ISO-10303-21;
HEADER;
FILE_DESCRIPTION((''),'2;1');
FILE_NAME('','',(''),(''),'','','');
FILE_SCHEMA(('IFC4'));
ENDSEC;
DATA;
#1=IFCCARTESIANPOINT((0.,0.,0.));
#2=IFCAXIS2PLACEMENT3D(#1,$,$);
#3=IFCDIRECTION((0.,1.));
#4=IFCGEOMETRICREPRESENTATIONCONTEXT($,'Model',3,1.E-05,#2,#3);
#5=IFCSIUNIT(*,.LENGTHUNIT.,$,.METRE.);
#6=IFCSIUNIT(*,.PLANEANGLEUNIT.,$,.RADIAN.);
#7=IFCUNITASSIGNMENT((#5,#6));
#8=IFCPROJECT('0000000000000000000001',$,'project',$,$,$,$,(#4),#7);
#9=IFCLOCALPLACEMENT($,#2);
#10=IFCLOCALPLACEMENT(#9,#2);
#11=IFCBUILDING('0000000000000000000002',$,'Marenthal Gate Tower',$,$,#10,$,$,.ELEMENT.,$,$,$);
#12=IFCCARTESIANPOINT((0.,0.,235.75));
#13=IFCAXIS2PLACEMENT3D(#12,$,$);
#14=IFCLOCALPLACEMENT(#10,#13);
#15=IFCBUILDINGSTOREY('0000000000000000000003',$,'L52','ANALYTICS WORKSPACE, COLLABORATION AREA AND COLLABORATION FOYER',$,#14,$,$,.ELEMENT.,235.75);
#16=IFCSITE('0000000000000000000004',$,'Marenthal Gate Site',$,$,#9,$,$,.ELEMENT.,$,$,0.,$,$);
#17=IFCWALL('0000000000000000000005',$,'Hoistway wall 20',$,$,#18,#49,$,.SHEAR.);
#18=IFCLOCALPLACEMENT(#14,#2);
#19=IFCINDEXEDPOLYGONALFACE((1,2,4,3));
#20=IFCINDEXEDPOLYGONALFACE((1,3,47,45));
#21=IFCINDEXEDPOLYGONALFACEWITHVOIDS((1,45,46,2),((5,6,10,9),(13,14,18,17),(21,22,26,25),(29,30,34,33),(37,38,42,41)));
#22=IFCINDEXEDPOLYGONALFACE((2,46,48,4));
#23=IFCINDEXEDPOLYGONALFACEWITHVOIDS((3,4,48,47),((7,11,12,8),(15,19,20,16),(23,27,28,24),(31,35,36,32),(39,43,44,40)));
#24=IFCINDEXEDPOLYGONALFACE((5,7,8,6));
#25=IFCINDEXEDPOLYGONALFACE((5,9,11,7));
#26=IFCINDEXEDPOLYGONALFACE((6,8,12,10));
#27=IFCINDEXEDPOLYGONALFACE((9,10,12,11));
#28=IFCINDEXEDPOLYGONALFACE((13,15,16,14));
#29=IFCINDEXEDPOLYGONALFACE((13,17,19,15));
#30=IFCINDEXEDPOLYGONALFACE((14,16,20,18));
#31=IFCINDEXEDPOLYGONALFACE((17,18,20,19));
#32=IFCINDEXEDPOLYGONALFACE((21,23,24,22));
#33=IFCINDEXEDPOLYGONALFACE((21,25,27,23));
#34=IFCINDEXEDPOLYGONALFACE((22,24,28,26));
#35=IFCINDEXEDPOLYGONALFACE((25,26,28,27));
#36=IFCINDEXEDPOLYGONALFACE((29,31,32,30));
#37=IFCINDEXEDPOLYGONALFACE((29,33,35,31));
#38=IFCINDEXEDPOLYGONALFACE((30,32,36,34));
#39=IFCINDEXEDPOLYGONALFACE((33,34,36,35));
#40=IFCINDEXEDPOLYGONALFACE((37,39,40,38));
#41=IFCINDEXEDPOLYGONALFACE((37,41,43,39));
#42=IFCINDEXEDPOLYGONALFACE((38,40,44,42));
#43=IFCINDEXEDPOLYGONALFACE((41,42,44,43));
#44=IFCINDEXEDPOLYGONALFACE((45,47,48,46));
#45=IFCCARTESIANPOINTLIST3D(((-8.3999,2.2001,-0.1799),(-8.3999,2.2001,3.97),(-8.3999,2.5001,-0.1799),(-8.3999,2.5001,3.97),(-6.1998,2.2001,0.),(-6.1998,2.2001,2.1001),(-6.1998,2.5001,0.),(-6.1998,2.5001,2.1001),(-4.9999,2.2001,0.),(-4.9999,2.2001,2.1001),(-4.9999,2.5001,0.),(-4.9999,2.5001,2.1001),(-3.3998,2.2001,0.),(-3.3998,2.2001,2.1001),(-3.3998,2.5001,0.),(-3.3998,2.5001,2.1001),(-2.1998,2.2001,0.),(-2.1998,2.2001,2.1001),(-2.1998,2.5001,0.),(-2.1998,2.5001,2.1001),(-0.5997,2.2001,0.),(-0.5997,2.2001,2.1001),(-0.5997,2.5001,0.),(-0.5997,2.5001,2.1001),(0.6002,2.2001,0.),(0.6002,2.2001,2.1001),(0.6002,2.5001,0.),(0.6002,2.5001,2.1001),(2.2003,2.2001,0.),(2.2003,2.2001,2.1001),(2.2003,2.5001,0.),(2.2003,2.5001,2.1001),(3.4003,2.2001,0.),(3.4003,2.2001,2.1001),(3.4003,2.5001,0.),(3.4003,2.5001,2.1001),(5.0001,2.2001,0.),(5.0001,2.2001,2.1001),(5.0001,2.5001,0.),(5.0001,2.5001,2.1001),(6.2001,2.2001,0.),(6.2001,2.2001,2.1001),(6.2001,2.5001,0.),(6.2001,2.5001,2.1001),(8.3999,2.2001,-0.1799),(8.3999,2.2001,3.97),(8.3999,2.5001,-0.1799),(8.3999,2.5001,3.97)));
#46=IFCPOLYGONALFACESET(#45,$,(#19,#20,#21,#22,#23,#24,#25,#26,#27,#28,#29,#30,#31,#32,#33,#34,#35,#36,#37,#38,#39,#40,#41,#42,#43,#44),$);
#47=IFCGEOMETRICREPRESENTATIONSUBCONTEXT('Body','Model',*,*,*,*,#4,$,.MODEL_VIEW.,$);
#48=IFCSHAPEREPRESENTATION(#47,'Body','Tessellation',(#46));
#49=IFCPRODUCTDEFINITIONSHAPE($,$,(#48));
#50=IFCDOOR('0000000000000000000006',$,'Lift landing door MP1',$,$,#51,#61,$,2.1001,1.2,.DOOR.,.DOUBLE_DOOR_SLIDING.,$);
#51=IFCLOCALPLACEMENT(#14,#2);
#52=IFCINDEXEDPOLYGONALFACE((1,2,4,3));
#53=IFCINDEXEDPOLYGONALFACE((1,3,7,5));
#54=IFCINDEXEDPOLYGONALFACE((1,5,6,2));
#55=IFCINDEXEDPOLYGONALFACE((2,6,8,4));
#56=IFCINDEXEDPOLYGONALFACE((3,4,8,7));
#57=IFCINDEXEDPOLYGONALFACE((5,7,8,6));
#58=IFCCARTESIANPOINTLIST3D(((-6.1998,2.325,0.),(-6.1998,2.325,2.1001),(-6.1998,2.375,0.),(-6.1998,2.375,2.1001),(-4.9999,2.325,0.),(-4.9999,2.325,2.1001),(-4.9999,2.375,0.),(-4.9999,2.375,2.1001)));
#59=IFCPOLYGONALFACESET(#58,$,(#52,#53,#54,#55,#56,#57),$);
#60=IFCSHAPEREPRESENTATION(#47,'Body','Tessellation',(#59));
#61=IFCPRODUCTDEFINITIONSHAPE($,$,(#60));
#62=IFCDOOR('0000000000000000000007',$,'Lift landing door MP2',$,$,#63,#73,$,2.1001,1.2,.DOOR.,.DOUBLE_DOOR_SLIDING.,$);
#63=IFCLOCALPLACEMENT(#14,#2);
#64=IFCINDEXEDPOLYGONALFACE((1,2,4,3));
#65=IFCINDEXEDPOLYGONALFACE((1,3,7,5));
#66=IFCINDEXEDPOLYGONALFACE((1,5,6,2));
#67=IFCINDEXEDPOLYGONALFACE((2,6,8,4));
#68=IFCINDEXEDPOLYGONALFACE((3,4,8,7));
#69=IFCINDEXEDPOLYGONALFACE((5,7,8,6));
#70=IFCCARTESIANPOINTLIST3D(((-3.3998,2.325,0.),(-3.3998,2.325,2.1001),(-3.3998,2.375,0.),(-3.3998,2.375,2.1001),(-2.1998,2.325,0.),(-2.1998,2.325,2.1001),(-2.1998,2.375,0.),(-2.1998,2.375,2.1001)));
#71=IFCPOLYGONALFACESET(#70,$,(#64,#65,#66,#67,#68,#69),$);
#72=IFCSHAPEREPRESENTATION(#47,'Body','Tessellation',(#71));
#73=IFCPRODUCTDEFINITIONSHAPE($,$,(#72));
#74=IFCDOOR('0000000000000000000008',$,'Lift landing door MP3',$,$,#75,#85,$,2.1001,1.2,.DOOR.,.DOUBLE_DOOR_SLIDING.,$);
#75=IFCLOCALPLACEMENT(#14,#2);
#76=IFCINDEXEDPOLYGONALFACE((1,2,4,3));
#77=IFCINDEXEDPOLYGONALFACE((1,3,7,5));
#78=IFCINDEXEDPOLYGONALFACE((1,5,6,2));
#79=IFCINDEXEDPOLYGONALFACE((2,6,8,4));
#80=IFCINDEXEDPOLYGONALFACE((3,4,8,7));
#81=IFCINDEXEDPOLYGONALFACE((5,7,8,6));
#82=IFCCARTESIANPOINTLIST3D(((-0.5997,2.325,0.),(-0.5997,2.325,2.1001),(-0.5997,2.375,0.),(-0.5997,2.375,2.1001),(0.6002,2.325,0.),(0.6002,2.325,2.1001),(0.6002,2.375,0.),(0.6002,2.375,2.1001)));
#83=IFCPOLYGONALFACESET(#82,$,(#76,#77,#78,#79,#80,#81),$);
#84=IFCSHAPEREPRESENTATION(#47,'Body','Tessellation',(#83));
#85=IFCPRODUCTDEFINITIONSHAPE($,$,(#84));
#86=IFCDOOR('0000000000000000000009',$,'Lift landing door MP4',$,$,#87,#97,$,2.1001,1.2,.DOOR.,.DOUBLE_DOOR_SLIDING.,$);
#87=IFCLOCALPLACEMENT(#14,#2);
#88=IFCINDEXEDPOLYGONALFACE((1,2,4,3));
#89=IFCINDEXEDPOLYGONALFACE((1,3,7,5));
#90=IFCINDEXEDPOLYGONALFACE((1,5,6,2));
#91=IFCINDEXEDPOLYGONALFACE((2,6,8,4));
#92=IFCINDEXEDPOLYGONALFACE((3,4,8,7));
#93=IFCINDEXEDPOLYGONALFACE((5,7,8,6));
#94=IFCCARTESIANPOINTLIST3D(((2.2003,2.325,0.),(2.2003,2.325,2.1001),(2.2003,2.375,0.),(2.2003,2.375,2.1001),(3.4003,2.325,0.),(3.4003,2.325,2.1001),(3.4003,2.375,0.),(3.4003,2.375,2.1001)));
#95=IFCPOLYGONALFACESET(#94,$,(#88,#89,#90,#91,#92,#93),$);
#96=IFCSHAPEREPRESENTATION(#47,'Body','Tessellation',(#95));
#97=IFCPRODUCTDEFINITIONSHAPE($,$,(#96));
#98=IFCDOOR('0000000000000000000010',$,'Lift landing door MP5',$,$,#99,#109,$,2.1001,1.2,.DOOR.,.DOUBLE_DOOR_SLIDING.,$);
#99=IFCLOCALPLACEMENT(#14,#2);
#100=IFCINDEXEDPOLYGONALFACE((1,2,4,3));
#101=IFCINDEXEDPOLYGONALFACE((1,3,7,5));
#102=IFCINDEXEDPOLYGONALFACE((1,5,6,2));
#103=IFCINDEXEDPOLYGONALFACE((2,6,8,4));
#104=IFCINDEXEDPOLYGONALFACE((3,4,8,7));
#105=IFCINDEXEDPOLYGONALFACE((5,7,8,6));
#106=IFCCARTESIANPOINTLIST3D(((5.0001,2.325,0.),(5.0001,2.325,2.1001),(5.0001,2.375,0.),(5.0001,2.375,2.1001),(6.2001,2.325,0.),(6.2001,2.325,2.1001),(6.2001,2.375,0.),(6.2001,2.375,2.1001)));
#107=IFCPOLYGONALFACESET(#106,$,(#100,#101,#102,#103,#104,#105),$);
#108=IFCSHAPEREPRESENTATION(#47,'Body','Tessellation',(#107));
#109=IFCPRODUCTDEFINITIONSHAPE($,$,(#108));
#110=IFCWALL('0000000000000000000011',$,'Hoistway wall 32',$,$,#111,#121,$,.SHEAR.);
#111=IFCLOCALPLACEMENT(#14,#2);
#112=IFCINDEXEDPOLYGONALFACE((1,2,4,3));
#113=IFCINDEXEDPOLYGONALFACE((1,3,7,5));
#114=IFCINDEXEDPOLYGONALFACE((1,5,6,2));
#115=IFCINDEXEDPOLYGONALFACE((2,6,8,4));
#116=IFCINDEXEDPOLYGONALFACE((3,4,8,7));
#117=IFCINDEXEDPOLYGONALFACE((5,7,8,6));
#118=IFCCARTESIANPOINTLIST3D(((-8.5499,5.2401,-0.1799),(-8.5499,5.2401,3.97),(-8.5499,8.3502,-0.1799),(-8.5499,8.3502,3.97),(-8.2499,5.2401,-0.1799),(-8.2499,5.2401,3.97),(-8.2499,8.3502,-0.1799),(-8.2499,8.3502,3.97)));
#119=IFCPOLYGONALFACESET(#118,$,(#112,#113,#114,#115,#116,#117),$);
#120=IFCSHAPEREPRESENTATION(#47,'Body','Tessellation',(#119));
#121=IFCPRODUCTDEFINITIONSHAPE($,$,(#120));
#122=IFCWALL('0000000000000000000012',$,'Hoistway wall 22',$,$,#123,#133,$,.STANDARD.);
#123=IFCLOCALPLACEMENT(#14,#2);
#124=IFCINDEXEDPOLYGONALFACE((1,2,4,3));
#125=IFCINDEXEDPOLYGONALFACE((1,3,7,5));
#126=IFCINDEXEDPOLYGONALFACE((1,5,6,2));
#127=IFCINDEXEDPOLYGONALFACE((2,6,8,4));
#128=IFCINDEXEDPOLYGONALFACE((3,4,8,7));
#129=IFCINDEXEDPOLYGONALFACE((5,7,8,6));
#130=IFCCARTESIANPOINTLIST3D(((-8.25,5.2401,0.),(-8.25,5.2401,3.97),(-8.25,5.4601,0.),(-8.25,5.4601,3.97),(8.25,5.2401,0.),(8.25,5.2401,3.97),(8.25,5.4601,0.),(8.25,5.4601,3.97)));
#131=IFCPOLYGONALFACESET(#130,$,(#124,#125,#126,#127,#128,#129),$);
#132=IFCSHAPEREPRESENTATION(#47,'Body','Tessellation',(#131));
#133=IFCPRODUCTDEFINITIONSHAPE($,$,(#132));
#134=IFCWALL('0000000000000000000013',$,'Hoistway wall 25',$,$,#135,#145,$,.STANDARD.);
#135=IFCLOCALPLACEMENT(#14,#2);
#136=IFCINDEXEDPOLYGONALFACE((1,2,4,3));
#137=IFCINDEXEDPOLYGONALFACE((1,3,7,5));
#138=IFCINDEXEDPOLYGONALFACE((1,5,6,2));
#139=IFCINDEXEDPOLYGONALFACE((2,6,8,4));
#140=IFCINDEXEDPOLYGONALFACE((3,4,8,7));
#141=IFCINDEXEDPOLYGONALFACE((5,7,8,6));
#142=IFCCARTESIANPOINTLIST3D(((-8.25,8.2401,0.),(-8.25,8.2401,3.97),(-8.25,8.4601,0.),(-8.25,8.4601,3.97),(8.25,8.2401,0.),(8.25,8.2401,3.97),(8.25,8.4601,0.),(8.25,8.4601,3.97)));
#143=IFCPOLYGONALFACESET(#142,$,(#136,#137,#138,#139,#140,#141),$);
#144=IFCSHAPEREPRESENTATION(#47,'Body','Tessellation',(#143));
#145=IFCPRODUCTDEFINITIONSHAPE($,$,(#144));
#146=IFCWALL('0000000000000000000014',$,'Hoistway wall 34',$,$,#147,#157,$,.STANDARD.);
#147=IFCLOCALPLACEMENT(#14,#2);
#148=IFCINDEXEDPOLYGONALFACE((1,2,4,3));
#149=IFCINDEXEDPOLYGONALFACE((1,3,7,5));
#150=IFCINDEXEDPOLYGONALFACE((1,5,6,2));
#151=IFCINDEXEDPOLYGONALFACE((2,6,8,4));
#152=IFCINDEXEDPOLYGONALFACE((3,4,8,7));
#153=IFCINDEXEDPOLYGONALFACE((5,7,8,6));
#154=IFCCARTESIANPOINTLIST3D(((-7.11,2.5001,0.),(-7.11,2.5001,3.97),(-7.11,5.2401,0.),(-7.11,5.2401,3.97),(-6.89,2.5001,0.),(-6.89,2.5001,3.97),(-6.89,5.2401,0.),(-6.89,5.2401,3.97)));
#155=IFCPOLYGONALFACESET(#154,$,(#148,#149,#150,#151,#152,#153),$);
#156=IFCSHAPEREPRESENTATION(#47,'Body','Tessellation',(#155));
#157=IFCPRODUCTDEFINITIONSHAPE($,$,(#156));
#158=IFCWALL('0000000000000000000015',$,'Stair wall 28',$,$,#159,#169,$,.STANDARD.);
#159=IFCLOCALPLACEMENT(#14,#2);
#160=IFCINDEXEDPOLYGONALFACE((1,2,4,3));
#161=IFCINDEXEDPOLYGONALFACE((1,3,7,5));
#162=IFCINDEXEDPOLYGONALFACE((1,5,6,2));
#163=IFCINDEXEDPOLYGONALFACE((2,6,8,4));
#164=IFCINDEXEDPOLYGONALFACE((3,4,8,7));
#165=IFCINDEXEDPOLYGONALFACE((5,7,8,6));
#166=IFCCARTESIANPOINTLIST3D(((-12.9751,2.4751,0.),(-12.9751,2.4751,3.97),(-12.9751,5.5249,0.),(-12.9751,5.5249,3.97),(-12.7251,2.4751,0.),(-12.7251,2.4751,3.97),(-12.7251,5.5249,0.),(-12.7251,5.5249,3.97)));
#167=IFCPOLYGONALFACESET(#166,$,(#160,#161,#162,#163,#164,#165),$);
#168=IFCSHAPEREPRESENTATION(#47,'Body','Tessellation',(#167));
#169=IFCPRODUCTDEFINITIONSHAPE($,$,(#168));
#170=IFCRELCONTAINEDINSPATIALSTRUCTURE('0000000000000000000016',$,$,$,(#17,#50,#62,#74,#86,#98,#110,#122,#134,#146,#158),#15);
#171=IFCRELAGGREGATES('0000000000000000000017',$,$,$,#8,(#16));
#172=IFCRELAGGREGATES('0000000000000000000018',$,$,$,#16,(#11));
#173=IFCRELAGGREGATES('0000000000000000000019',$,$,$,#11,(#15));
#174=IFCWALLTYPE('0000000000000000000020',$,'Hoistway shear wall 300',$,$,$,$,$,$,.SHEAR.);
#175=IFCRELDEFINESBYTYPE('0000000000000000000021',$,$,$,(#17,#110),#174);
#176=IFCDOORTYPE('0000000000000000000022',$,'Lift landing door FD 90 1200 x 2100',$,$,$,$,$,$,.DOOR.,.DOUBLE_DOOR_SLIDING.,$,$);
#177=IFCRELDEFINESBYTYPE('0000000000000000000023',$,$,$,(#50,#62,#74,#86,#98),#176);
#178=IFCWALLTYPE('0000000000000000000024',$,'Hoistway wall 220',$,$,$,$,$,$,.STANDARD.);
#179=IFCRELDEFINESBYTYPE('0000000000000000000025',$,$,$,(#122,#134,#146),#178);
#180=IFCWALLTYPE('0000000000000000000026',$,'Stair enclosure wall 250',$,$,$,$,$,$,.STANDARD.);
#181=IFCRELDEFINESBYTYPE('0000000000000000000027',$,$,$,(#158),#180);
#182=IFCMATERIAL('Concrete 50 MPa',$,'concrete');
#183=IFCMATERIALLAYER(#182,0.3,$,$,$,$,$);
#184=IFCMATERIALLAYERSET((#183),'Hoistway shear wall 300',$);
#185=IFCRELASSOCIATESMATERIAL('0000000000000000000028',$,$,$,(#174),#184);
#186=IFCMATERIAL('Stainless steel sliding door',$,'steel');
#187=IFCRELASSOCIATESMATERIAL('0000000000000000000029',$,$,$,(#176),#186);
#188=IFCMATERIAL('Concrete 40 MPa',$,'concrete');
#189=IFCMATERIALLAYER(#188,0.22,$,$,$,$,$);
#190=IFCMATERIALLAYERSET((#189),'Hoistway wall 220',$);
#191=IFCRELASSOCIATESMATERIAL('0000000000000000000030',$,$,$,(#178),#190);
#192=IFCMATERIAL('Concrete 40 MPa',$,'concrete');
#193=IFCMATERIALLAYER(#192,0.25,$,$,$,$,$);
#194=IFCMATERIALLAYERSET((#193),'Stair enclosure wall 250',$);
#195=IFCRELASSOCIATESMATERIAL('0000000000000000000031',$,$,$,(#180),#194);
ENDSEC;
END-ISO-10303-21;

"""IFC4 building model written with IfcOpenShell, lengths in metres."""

from ifc_helpers import new_model, si_unit, direction, frame, frame_2d, origin, place, context, subcontext, project, spatial, rectangle, extrude, material, layer, layer_set, type_object, element, fill, save


model = new_model("IFC4")

# Units and contexts
model_context = context("Model", 3, precision=1e-05, world=origin(), true_north=direction((0.0, 1.0)))
body_context = subcontext(model_context, "Body", "Model", "MODEL_VIEW")
ifc_project = project(units=[si_unit("LENGTHUNIT", "METRE"), si_unit("PLANEANGLEUNIT", "RADIAN")], contexts=[model_context])

# Site, building, storey
site_placement = place(None, origin())
site = spatial("IfcSite", under=ifc_project, at=site_placement, Name="Marenthal Gate Site", CompositionType="ELEMENT", RefElevation=0.0)
building_placement = place(site_placement, origin())
building = spatial("IfcBuilding", under=site, at=building_placement, Name="Marenthal Gate Tower", CompositionType="ELEMENT")
storey_placement = place(building_placement, frame((0.0, 0.0, 235.75)))
storey = spatial("IfcBuildingStorey", under=building, at=storey_placement, Name="L52", Description="ANALYTICS WORKSPACE, COLLABORATION AREA AND COLLABORATION FOYER", CompositionType="ELEMENT", Elevation=235.75)

# Wall, openings, doors
ifc_material_1 = material(Name="Concrete 50 MPa", Category="concrete")
ifc_layer_1 = layer(ifc_material_1, 0.3)
ifc_layer_set_1 = layer_set([ifc_layer_1], Name="Hoistway shear wall 300")
wall_type_1 = type_object("IfcWallType", Name="Hoistway shear wall 300", PredefinedType="SHEAR", material=ifc_layer_set_1)
wall_1_placement = place(storey_placement, frame((-8.3999, 2.3501, -0.1799), z_axis=(0.0, 0.0, 1.0), x_axis=(1.0, 0.0, 0.0)))
wall_1 = element("IfcWall", 1, at=wall_1_placement, inside=storey, type_object=wall_type_1, Name="Hoistway wall 20", PredefinedType="SHEAR", context=body_context, shape_type="SweptSolid", body=[
    extrude(rectangle(XDim=16.7998, YDim=0.3, at=frame_2d((8.3999, 0.0))), origin(), (0.0, 0.0, 1.0), 4.1499),
])
opening_1_placement = place(wall_1_placement, frame((2.2, 0.0, 0.1799)))
opening_1 = element("IfcOpeningElement", 2, at=opening_1_placement, cuts=wall_1, PredefinedType="OPENING", context=body_context, shape_type="SweptSolid", body=[
    extrude(rectangle(XDim=1.2, YDim=2.1001, at=frame_2d((0.6001, 1.05))), frame((0.0, 0.1602, 0.0), z_axis=(0.0, -1.0, 0.0), x_axis=(1.0, 0.0, 0.0)), (0.0, 0.0, 1.0), 0.3201),
])
opening_2_placement = place(wall_1_placement, frame((5.0, 0.0, 0.1799)))
opening_2 = element("IfcOpeningElement", 3, at=opening_2_placement, cuts=wall_1, PredefinedType="OPENING", context=body_context, shape_type="SweptSolid", body=[
    extrude(rectangle(XDim=1.2, YDim=2.1001, at=frame_2d((0.6001, 1.05))), frame((0.0, 0.1602, 0.0), z_axis=(0.0, -1.0, 0.0), x_axis=(1.0, 0.0, 0.0)), (0.0, 0.0, 1.0), 0.3201),
])
opening_3_placement = place(wall_1_placement, frame((7.8, 0.0, 0.1799)))
opening_3 = element("IfcOpeningElement", 4, at=opening_3_placement, cuts=wall_1, PredefinedType="OPENING", context=body_context, shape_type="SweptSolid", body=[
    extrude(rectangle(XDim=1.2, YDim=2.1001, at=frame_2d((0.6001, 1.05))), frame((0.0, 0.1602, 0.0), z_axis=(0.0, -1.0, 0.0), x_axis=(1.0, 0.0, 0.0)), (0.0, 0.0, 1.0), 0.3201),
])
opening_4_placement = place(wall_1_placement, frame((10.6001, 0.0, 0.1799)))
opening_4 = element("IfcOpeningElement", 5, at=opening_4_placement, cuts=wall_1, PredefinedType="OPENING", context=body_context, shape_type="SweptSolid", body=[
    extrude(rectangle(XDim=1.2, YDim=2.1001, at=frame_2d((0.6001, 1.05))), frame((0.0, 0.1602, 0.0), z_axis=(0.0, -1.0, 0.0), x_axis=(1.0, 0.0, 0.0)), (0.0, 0.0, 1.0), 0.3201),
])
opening_5_placement = place(wall_1_placement, frame((13.3999, 0.0, 0.1799)))
opening_5 = element("IfcOpeningElement", 6, at=opening_5_placement, cuts=wall_1, PredefinedType="OPENING", context=body_context, shape_type="SweptSolid", body=[
    extrude(rectangle(XDim=1.2, YDim=2.1001, at=frame_2d((0.6001, 1.05))), frame((0.0, 0.1602, 0.0), z_axis=(0.0, -1.0, 0.0), x_axis=(1.0, 0.0, 0.0)), (0.0, 0.0, 1.0), 0.3201),
])
ifc_material_2 = material(Name="Stainless steel sliding door", Category="steel")
door_type = type_object("IfcDoorType", Name="Lift landing door FD 90 1200 x 2100", OperationType="DOUBLE_DOOR_SLIDING", PredefinedType="DOOR", material=ifc_material_2)
door_1_placement = place(opening_1_placement, origin())
door_1 = element("IfcDoor", 7, at=door_1_placement, inside=storey, type_object=door_type, Name="Lift landing door MP1", OperationType="DOUBLE_DOOR_SLIDING", OverallHeight=2.1001, OverallWidth=1.2, PredefinedType="DOOR", context=body_context, shape_type="SweptSolid", body=[
    extrude(rectangle(XDim=1.2, YDim=2.1001, at=frame_2d((0.6001, 1.05))), frame((0.0, 0.0249, 0.0), z_axis=(0.0, -1.0, 0.0), x_axis=(1.0, 0.0, 0.0)), (0.0, 0.0, 1.0), 0.05),
])
fill(opening_1, door_1)
door_2_placement = place(opening_2_placement, origin())
door_2 = element("IfcDoor", 8, at=door_2_placement, inside=storey, type_object=door_type, Name="Lift landing door MP2", OperationType="DOUBLE_DOOR_SLIDING", OverallHeight=2.1001, OverallWidth=1.2, PredefinedType="DOOR", context=body_context, shape_type="SweptSolid", body=[
    extrude(rectangle(XDim=1.2, YDim=2.1001, at=frame_2d((0.6001, 1.05))), frame((0.0, 0.0249, 0.0), z_axis=(0.0, -1.0, 0.0), x_axis=(1.0, 0.0, 0.0)), (0.0, 0.0, 1.0), 0.05),
])
fill(opening_2, door_2)
door_3_placement = place(opening_3_placement, origin())
door_3 = element("IfcDoor", 9, at=door_3_placement, inside=storey, type_object=door_type, Name="Lift landing door MP3", OperationType="DOUBLE_DOOR_SLIDING", OverallHeight=2.1001, OverallWidth=1.2, PredefinedType="DOOR", context=body_context, shape_type="SweptSolid", body=[
    extrude(rectangle(XDim=1.2, YDim=2.1001, at=frame_2d((0.6001, 1.05))), frame((0.0, 0.0249, 0.0), z_axis=(0.0, -1.0, 0.0), x_axis=(1.0, 0.0, 0.0)), (0.0, 0.0, 1.0), 0.05),
])
fill(opening_3, door_3)
door_4_placement = place(opening_4_placement, origin())
door_4 = element("IfcDoor", 10, at=door_4_placement, inside=storey, type_object=door_type, Name="Lift landing door MP4", OperationType="DOUBLE_DOOR_SLIDING", OverallHeight=2.1001, OverallWidth=1.2, PredefinedType="DOOR", context=body_context, shape_type="SweptSolid", body=[
    extrude(rectangle(XDim=1.2, YDim=2.1001, at=frame_2d((0.6001, 1.05))), frame((0.0, 0.0249, 0.0), z_axis=(0.0, -1.0, 0.0), x_axis=(1.0, 0.0, 0.0)), (0.0, 0.0, 1.0), 0.05),
])
fill(opening_4, door_4)
door_5_placement = place(opening_5_placement, origin())
door_5 = element("IfcDoor", 11, at=door_5_placement, inside=storey, type_object=door_type, Name="Lift landing door MP5", OperationType="DOUBLE_DOOR_SLIDING", OverallHeight=2.1001, OverallWidth=1.2, PredefinedType="DOOR", context=body_context, shape_type="SweptSolid", body=[
    extrude(rectangle(XDim=1.2, YDim=2.1001, at=frame_2d((0.6001, 1.05))), frame((0.0, 0.0249, 0.0), z_axis=(0.0, -1.0, 0.0), x_axis=(1.0, 0.0, 0.0)), (0.0, 0.0, 1.0), 0.05),
])
fill(opening_5, door_5)

# Walls
wall_2_placement = place(storey_placement, frame((-8.3999, 5.24, -0.1799), z_axis=(0.0, 0.0, 1.0), x_axis=(0.0, 1.0, 0.0)))
element("IfcWall", 12, at=wall_2_placement, inside=storey, type_object=wall_type_1, Name="Hoistway wall 32", PredefinedType="SHEAR", context=body_context, shape_type="SweptSolid", body=[
    extrude(rectangle(XDim=3.1101, YDim=0.3, at=frame_2d((1.5552, 0.0))), origin(), (0.0, 0.0, 1.0), 4.1499),
])
ifc_material_3 = material(Name="Concrete 40 MPa", Category="concrete")
ifc_layer_2 = layer(ifc_material_3, 0.22)
ifc_layer_set_2 = layer_set([ifc_layer_2], Name="Hoistway wall 220")
wall_type_2 = type_object("IfcWallType", Name="Hoistway wall 220", PredefinedType="STANDARD", material=ifc_layer_set_2)
for number, where, z_axis, x_axis, name in (
    (13, (-8.25, 5.3501, 0.0), (0.0, 0.0, 1.0), (1.0, 0.0, 0.0), "Hoistway wall 22"),
    (14, (-8.25, 8.3501, 0.0), (0.0, 0.0, 1.0), (1.0, 0.0, 0.0), "Hoistway wall 25"),
):
    element("IfcWall", number, at=place(storey_placement, frame(where, z_axis=z_axis, x_axis=x_axis)), inside=storey, type_object=wall_type_2, Name=name, PredefinedType="STANDARD", context=body_context, shape_type="SweptSolid", body=[
        extrude(rectangle(XDim=16.5, YDim=0.22, at=frame_2d((8.25, 0.0))), origin(), (0.0, 0.0, 1.0), 3.97),
    ])
wall_3_placement = place(storey_placement, frame((-7.0, 2.5, 0.0), z_axis=(0.0, 0.0, 1.0), x_axis=(0.0, 1.0, 0.0)))
element("IfcWall", 15, at=wall_3_placement, inside=storey, type_object=wall_type_2, Name="Hoistway wall 34", PredefinedType="STANDARD", context=body_context, shape_type="SweptSolid", body=[
    extrude(rectangle(XDim=2.74, YDim=0.22, at=frame_2d((1.3701, 0.0))), origin(), (0.0, 0.0, 1.0), 3.97),
])
ifc_material_4 = material(Name="Concrete 40 MPa", Category="concrete")
ifc_layer_3 = layer(ifc_material_4, 0.25)
ifc_layer_set_3 = layer_set([ifc_layer_3], Name="Stair enclosure wall 250")
wall_type_3 = type_object("IfcWallType", Name="Stair enclosure wall 250", PredefinedType="STANDARD", material=ifc_layer_set_3)
wall_4_placement = place(storey_placement, frame((-12.8501, 2.4751, 0.0), z_axis=(0.0, 0.0, 1.0), x_axis=(0.0, 1.0, 0.0)))
element("IfcWall", 16, at=wall_4_placement, inside=storey, type_object=wall_type_3, Name="Stair wall 28", PredefinedType="STANDARD", context=body_context, shape_type="SweptSolid", body=[
    extrude(rectangle(XDim=3.0498, YDim=0.25, at=frame_2d((1.5249, 0.0))), origin(), (0.0, 0.0, 1.0), 3.97),
])

save(model, "model.ifc")
